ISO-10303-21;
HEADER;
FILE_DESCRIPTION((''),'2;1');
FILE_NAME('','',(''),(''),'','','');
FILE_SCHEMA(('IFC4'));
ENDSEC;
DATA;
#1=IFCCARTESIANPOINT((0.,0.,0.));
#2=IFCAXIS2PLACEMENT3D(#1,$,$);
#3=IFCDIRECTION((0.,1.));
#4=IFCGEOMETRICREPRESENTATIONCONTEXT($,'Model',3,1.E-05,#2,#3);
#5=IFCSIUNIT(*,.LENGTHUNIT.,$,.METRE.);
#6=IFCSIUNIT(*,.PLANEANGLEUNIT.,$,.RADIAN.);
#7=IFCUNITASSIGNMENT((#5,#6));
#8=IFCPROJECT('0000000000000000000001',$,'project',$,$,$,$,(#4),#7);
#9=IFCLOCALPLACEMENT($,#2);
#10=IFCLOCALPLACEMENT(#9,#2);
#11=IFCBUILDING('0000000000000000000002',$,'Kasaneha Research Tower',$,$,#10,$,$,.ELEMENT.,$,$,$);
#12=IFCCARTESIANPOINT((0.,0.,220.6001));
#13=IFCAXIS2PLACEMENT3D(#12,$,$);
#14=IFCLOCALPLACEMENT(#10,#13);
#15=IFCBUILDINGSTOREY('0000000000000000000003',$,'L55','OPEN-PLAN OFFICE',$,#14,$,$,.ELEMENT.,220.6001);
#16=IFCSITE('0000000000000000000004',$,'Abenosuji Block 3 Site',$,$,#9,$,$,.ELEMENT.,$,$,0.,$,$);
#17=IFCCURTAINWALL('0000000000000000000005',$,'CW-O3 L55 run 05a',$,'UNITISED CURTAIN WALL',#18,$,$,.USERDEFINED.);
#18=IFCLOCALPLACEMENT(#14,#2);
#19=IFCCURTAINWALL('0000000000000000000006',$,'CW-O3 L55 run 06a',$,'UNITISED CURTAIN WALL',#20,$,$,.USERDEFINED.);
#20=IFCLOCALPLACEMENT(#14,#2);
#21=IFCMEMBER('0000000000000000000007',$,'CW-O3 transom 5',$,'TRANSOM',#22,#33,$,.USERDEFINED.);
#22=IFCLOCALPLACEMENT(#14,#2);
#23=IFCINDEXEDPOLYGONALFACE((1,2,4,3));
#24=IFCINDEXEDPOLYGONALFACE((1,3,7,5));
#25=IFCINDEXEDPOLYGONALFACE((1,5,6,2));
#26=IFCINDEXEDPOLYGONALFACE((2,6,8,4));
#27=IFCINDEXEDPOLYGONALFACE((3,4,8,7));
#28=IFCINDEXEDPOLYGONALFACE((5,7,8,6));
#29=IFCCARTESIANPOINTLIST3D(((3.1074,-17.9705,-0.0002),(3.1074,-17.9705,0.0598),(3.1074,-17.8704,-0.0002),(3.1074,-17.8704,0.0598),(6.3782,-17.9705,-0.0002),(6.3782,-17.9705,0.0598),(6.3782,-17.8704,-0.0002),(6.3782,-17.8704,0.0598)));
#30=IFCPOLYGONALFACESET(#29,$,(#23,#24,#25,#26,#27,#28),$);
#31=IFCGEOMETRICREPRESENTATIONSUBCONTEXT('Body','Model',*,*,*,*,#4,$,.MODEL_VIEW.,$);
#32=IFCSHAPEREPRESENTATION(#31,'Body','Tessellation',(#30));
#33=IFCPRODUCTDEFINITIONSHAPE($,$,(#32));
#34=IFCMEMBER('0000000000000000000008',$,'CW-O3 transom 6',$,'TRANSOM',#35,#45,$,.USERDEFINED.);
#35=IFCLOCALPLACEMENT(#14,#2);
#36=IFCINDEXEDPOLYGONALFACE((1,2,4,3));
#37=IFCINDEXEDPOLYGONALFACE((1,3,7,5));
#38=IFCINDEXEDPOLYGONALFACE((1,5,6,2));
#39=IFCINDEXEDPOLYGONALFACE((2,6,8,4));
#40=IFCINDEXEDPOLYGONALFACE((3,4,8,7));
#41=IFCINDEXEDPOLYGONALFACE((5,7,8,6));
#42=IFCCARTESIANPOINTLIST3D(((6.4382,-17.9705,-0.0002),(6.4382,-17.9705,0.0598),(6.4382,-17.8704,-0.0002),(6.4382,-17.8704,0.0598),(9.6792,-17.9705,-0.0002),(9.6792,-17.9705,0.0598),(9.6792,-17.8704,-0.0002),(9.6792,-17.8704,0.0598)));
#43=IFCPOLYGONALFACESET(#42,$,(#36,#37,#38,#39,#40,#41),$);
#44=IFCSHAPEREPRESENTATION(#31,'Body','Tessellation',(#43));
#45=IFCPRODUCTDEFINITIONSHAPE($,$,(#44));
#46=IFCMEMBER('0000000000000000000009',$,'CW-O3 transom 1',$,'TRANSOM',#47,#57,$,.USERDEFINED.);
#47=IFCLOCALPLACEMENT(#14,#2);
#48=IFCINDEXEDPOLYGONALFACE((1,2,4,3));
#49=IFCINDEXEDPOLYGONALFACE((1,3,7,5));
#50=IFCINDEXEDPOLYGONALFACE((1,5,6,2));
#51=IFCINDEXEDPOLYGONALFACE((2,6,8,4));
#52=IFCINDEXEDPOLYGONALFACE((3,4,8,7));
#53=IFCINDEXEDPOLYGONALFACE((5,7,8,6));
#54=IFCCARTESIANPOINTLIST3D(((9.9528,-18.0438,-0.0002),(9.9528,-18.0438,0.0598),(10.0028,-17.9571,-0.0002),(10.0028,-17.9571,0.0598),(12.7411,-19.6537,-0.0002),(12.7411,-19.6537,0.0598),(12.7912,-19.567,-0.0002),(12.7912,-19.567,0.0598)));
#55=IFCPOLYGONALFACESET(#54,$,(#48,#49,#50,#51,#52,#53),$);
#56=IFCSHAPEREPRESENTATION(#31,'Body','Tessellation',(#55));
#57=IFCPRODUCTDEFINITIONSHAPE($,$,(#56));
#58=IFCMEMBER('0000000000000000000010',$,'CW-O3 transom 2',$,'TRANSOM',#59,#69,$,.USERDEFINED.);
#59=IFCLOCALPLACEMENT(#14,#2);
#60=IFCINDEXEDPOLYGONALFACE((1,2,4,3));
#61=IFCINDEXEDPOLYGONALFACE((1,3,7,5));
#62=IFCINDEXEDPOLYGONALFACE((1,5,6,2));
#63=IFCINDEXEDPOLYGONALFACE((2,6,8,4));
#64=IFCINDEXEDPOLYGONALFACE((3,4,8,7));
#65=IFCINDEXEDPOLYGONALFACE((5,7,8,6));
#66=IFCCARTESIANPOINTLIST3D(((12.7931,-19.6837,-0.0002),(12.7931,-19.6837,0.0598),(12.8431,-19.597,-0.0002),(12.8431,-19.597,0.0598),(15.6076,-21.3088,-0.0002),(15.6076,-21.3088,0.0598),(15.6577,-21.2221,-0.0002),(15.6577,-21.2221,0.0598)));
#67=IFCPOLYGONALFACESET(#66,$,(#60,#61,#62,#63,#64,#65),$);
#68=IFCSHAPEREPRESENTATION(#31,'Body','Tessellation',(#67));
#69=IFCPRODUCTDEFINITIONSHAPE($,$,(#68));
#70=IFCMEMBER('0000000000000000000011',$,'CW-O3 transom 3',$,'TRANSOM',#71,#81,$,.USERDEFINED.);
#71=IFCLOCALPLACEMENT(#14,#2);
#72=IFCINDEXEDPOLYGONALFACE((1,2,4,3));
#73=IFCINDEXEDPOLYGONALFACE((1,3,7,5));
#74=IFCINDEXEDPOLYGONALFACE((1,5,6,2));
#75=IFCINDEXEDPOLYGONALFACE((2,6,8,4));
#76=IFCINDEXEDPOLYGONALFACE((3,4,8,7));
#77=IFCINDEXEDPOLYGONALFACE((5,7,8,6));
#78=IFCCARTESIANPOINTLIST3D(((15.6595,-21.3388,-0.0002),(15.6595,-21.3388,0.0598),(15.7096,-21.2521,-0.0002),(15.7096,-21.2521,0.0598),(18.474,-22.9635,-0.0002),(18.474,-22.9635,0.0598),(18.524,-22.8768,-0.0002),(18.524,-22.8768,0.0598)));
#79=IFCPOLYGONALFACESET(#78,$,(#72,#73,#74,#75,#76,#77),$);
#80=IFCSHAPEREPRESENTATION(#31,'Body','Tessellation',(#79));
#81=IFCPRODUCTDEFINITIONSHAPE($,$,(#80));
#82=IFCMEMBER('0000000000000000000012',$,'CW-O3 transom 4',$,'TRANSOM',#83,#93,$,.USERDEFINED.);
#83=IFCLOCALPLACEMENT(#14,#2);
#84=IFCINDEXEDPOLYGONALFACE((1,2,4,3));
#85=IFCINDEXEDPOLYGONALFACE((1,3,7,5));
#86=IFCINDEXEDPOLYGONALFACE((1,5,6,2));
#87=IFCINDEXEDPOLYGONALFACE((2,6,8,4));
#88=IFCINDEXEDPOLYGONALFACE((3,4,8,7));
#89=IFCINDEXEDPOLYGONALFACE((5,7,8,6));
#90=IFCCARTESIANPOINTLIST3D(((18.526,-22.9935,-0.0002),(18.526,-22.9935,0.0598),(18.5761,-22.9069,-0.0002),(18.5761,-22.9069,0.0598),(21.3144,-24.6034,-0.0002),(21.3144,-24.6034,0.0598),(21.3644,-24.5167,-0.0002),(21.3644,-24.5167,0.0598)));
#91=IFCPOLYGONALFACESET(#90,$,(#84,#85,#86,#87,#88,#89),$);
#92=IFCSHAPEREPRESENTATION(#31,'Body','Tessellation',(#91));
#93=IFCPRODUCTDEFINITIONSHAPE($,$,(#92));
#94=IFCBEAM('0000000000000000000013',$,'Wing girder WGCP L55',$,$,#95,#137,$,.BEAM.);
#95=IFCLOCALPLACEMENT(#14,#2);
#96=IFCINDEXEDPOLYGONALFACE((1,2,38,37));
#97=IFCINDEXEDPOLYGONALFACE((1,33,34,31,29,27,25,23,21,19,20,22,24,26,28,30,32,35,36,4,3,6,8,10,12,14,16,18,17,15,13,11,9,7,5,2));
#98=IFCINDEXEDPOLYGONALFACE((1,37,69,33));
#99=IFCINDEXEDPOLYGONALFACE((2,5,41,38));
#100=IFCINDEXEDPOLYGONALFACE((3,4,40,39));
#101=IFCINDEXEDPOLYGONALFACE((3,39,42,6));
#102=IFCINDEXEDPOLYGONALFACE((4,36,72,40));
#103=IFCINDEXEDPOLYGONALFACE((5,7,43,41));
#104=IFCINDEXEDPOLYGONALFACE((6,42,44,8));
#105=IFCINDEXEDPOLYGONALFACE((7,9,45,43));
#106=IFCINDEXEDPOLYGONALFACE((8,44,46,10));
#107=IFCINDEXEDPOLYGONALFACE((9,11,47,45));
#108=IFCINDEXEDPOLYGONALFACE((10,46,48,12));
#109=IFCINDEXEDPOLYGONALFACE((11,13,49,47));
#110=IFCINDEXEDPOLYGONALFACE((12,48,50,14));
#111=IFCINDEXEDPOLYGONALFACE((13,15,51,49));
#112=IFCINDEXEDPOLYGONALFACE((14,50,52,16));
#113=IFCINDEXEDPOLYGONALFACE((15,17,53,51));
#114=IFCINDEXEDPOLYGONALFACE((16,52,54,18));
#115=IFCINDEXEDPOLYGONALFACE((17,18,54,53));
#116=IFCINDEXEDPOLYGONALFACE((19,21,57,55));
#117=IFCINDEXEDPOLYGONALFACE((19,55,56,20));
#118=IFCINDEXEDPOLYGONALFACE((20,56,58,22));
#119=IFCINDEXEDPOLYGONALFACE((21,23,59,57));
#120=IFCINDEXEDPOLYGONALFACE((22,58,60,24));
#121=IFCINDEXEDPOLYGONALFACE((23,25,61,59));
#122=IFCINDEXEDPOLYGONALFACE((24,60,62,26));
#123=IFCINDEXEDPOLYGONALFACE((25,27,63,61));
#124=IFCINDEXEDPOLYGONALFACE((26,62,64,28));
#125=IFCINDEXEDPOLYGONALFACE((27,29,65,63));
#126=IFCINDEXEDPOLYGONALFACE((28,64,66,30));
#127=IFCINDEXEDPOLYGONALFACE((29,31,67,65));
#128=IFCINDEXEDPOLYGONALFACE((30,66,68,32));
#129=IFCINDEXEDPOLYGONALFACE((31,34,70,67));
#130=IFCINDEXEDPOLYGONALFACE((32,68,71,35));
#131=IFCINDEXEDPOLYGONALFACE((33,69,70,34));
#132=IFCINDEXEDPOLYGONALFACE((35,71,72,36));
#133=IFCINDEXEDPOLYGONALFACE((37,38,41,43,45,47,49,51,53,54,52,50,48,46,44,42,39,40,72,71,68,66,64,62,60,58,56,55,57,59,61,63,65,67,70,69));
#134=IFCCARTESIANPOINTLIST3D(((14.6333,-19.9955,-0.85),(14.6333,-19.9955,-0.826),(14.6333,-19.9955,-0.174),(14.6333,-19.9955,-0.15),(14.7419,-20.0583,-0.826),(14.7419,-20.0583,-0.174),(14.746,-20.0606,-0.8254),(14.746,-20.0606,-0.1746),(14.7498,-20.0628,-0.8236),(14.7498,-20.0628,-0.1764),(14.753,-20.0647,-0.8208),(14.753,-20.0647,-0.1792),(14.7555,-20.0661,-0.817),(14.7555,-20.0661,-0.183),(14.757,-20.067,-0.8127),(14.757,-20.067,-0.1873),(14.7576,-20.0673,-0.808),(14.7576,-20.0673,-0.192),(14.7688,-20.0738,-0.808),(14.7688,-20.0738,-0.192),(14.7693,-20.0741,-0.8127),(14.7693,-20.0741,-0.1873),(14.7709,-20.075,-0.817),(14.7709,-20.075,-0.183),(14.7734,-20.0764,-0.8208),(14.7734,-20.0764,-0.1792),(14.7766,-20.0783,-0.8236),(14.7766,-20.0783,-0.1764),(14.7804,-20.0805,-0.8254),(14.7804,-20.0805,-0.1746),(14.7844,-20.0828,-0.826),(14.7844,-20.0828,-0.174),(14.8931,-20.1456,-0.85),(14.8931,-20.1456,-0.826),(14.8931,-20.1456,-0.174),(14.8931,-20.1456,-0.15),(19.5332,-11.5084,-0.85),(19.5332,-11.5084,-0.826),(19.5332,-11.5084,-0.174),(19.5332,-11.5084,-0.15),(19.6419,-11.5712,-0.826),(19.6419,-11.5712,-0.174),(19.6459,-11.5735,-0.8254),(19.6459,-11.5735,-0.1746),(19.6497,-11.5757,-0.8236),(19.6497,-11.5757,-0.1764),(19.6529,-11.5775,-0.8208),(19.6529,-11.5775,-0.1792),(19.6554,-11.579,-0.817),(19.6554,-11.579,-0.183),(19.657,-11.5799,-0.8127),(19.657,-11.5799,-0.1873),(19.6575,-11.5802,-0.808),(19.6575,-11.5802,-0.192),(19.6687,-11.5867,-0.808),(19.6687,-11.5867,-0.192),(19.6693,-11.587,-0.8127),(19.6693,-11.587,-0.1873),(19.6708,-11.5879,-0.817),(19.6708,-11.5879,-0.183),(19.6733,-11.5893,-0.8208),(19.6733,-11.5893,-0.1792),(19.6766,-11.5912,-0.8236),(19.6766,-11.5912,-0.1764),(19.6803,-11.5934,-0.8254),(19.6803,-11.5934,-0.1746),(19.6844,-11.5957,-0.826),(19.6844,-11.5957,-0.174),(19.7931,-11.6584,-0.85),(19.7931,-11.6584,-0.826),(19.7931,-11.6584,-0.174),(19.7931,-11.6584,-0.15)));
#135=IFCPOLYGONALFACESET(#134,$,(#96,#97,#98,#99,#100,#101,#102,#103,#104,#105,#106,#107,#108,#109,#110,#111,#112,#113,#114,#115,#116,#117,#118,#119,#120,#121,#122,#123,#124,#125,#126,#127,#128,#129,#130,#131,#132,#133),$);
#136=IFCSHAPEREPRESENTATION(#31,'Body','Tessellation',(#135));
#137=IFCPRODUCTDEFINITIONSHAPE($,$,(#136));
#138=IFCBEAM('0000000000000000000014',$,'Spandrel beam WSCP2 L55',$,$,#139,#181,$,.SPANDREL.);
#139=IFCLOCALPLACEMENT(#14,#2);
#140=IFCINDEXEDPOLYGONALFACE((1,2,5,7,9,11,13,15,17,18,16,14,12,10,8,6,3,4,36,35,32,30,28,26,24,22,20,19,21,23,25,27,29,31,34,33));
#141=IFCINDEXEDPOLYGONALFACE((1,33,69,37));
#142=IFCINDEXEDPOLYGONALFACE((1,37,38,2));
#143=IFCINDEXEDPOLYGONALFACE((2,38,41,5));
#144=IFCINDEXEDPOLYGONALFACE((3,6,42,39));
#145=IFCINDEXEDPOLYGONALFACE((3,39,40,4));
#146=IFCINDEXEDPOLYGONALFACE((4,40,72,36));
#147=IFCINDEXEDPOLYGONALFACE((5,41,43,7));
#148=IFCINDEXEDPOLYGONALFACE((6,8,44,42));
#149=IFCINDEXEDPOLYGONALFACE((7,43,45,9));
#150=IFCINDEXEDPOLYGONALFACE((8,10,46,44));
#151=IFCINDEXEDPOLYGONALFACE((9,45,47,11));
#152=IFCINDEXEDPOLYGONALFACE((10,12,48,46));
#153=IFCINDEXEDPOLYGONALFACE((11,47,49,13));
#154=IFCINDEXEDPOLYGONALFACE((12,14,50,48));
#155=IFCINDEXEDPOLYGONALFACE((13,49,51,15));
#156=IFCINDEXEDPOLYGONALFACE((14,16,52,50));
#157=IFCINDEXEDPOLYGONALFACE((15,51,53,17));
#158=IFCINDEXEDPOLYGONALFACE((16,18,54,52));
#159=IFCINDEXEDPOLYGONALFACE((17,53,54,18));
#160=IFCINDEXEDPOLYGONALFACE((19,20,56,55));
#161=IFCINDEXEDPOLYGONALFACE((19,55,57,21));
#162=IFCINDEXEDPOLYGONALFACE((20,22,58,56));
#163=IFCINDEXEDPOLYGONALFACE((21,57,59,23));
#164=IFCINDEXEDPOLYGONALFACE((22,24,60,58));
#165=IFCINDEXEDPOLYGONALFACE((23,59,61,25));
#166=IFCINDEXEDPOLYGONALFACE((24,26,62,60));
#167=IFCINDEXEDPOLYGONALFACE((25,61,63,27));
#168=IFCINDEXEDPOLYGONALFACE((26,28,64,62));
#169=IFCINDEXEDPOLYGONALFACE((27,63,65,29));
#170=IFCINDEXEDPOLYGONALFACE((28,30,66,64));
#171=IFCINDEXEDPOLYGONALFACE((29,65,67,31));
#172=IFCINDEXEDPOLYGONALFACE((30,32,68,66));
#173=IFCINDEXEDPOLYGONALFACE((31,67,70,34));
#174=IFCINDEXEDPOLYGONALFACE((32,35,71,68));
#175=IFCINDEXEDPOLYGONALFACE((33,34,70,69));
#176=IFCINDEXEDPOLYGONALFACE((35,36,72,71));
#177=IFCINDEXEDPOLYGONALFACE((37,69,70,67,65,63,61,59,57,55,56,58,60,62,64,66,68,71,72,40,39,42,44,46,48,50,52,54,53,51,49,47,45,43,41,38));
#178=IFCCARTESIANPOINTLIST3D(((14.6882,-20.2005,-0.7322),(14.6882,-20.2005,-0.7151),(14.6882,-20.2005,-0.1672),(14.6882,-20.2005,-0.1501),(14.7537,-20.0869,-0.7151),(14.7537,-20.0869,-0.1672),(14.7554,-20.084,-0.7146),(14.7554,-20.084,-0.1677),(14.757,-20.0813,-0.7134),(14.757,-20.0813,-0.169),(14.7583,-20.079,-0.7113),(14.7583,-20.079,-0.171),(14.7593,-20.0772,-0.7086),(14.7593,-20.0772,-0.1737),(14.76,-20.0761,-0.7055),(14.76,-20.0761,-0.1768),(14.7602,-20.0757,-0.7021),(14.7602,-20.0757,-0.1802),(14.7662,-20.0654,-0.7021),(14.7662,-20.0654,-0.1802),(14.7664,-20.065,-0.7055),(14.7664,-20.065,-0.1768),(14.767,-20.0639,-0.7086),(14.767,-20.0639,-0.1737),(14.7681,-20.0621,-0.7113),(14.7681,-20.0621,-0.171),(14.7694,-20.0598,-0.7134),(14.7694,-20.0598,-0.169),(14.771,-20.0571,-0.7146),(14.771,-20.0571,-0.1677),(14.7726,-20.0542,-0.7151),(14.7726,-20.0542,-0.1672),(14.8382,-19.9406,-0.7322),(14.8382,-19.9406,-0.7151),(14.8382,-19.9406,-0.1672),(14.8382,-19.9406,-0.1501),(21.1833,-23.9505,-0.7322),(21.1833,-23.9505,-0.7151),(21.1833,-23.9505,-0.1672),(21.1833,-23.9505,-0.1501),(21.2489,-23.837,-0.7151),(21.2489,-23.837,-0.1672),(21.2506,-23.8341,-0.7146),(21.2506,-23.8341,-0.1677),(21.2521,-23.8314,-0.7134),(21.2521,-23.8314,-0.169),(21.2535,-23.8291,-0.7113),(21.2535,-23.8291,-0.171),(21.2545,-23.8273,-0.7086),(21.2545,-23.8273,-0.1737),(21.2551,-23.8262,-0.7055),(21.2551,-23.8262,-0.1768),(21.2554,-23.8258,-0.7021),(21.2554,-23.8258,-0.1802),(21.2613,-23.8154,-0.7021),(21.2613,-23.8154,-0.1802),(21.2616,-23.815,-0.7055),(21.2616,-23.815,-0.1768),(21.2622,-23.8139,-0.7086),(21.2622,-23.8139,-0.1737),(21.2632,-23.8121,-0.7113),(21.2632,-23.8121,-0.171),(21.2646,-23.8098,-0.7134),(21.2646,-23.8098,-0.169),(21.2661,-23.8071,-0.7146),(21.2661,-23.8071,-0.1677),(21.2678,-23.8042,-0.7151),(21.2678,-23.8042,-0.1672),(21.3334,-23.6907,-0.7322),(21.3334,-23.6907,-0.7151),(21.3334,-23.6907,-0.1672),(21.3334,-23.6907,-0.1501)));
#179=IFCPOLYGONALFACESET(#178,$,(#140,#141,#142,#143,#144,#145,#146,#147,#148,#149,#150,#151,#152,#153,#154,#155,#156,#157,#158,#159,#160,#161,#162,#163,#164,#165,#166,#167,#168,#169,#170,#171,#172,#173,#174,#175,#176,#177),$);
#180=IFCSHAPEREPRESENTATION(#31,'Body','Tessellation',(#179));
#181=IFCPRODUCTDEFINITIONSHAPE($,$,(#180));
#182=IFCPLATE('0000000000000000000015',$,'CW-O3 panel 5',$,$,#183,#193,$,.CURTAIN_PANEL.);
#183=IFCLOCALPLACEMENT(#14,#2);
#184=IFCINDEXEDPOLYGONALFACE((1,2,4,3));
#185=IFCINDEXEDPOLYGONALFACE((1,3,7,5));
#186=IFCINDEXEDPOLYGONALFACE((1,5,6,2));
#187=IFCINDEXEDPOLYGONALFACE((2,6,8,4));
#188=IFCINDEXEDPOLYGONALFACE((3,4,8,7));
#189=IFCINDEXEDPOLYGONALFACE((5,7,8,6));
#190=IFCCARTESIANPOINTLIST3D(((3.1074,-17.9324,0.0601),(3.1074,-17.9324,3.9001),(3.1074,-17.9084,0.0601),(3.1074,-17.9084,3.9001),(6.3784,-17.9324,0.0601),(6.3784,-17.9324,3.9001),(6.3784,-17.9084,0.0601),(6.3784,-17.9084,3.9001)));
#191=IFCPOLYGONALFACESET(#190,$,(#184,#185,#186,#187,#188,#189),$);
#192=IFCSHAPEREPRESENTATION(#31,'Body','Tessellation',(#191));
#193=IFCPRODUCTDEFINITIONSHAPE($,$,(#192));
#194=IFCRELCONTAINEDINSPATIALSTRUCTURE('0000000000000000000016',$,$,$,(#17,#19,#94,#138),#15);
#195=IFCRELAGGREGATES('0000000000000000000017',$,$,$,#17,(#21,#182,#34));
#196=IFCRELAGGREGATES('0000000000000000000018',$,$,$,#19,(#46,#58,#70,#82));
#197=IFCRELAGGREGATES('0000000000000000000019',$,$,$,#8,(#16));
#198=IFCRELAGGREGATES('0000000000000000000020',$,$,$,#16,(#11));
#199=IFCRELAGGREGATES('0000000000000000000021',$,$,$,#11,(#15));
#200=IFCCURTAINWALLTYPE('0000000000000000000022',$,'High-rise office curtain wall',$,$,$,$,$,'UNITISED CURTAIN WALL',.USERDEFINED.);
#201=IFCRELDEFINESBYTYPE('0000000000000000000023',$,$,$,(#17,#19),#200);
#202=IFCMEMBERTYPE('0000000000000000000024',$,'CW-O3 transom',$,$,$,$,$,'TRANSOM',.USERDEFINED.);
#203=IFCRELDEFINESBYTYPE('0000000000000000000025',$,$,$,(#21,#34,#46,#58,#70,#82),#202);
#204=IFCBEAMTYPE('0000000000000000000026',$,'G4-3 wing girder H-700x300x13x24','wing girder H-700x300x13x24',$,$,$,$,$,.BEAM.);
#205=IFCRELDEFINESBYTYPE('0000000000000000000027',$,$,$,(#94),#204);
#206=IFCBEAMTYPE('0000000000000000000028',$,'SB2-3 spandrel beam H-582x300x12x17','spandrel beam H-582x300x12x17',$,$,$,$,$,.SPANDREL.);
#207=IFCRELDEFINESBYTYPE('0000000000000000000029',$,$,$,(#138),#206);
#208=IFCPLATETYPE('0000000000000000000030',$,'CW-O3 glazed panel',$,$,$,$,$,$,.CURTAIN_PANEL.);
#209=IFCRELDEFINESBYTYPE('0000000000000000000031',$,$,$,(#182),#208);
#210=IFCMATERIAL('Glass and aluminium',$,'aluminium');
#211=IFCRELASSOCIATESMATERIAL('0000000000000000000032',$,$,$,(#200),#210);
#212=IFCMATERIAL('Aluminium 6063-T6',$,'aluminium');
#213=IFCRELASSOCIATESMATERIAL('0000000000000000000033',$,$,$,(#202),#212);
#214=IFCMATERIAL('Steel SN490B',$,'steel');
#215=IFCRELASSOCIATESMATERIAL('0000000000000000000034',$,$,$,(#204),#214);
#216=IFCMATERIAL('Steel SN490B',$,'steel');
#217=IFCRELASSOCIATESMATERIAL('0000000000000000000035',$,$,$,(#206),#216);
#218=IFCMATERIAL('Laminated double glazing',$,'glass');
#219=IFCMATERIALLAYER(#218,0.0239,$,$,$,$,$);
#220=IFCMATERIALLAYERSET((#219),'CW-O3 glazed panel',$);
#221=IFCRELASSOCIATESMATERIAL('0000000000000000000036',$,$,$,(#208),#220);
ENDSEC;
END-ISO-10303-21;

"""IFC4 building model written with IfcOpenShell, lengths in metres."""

from ifc_helpers import new_model, si_unit, direction, frame, origin, origin_2d, place, context, subcontext, project, spatial, rectangle, i_section, extrude, material, layer, layer_set, material_profile, profile_set, type_object, element, aggregate, save


model = new_model("IFC4")

# Units and contexts
model_context = context("Model", 3, precision=1e-05, world=origin(), true_north=direction((0.0, 1.0)))
body_context = subcontext(model_context, "Body", "Model", "MODEL_VIEW")
ifc_project = project(units=[si_unit("LENGTHUNIT", "METRE"), si_unit("PLANEANGLEUNIT", "RADIAN")], contexts=[model_context])

# Site, building, storey
site_placement = place(None, origin())
site = spatial("IfcSite", under=ifc_project, at=site_placement, Name="Abenosuji Block 3 Site", CompositionType="ELEMENT", RefElevation=0.0)
building_placement = place(site_placement, origin())
building = spatial("IfcBuilding", under=site, at=building_placement, Name="Kasaneha Research Tower", CompositionType="ELEMENT")
storey_placement = place(building_placement, frame((0.0, 0.0, 220.6001)))
storey = spatial("IfcBuildingStorey", under=building, at=storey_placement, Name="L55", Description="OPEN-PLAN OFFICE", CompositionType="ELEMENT", Elevation=220.6001)

# Curtain walls
ifc_material_1 = material(Name="Glass and aluminium", Category="aluminium")
curtain_wall_type = type_object("IfcCurtainWallType", Name="High-rise office curtain wall", ElementType="UNITISED CURTAIN WALL", PredefinedType="USERDEFINED", material=ifc_material_1)
curtain_wall_1_placement = place(storey_placement, origin())
curtain_wall_1 = element("IfcCurtainWall", 1, at=curtain_wall_1_placement, inside=storey, type_object=curtain_wall_type, Name="CW-O3 L55 run 05a", ObjectType="UNITISED CURTAIN WALL", PredefinedType="USERDEFINED")
curtain_wall_2_placement = place(storey_placement, origin())
curtain_wall_2 = element("IfcCurtainWall", 2, at=curtain_wall_2_placement, inside=storey, type_object=curtain_wall_type, Name="CW-O3 L55 run 06a", ObjectType="UNITISED CURTAIN WALL", PredefinedType="USERDEFINED")

# Members
ifc_material_2 = material(Name="Aluminium 6063-T6", Category="aluminium")
ifc_material_profile_1 = material_profile(ifc_material_2, rectangle(XDim=0.1001, YDim=0.0601, at=origin_2d()), Name="CW-O3 transom 100x60")
ifc_profile_set_1 = profile_set([ifc_material_profile_1], Name="Aluminium 6063-T6")
member_type_1 = type_object("IfcMemberType", Name="CW-O3 transom", ElementType="TRANSOM", PredefinedType="USERDEFINED", material=ifc_profile_set_1)
member_1_placement = place(storey_placement, frame((3.1074, -17.9204, 0.0298), z_axis=(1.0, 0.0, 0.0), x_axis=(0.0, 1.0, 0.0)))
member_1 = element("IfcMember", 3, at=member_1_placement, type_object=member_type_1, Name="CW-O3 transom 5", ObjectType="TRANSOM", PredefinedType="USERDEFINED", context=body_context, shape_type="SweptSolid", body=[
    extrude(rectangle(XDim=0.1001, YDim=0.0601, at=origin_2d()), origin(), (0.0, 0.0, 1.0), 3.2708),
])
member_2_placement = place(storey_placement, frame((6.4382, -17.9204, 0.0298), z_axis=(1.0, 0.0, 0.0), x_axis=(0.0, 1.0, 0.0)))
member_2 = element("IfcMember", 4, at=member_2_placement, type_object=member_type_1, Name="CW-O3 transom 6", ObjectType="TRANSOM", PredefinedType="USERDEFINED", context=body_context, shape_type="SweptSolid", body=[
    extrude(rectangle(XDim=0.1001, YDim=0.0601, at=origin_2d()), origin(), (0.0, 0.0, 1.0), 3.241),
])
member_3_placement = place(storey_placement, frame((9.9778, -18.0005, 0.0298), z_axis=(0.866023, -0.500005, 0.0), x_axis=(0.500005, 0.866023, 0.0)))
member_3 = element("IfcMember", 5, at=member_3_placement, type_object=member_type_1, Name="CW-O3 transom 1", ObjectType="TRANSOM", PredefinedType="USERDEFINED", context=body_context, shape_type="SweptSolid", body=[
    extrude(rectangle(XDim=0.1001, YDim=0.0601, at=origin_2d()), origin(), (0.0, 0.0, 1.0), 3.2197),
])
member_4_placement = place(storey_placement, frame((12.8181, -19.6404, 0.0298), z_axis=(0.866015, -0.500017, 0.0), x_axis=(0.500017, 0.866015, 0.0)))
member_4 = element("IfcMember", 6, at=member_4_placement, type_object=member_type_1, Name="CW-O3 transom 2", ObjectType="TRANSOM", PredefinedType="USERDEFINED", context=body_context, shape_type="SweptSolid", body=[
    extrude(rectangle(XDim=0.1001, YDim=0.0601, at=origin_2d()), origin(), (0.0, 0.0, 1.0), 3.25),
])
member_5_placement = place(storey_placement, frame((15.6846, -21.2954, 0.0298), z_axis=(0.866048, -0.499961, 0.0), x_axis=(0.499961, 0.866048, 0.0)))
member_5 = element("IfcMember", 7, at=member_5_placement, type_object=member_type_1, Name="CW-O3 transom 3", ObjectType="TRANSOM", PredefinedType="USERDEFINED", context=body_context, shape_type="SweptSolid", body=[
    extrude(rectangle(XDim=0.1001, YDim=0.0601, at=origin_2d()), origin(), (0.0, 0.0, 1.0), 3.2498),
])
member_6_placement = place(storey_placement, frame((18.551, -22.9502, 0.0298), z_axis=(0.866023, -0.500005, 0.0), x_axis=(0.500005, 0.866023, 0.0)))
member_6 = element("IfcMember", 8, at=member_6_placement, type_object=member_type_1, Name="CW-O3 transom 4", ObjectType="TRANSOM", PredefinedType="USERDEFINED", context=body_context, shape_type="SweptSolid", body=[
    extrude(rectangle(XDim=0.1001, YDim=0.0601, at=origin_2d()), origin(), (0.0, 0.0, 1.0), 3.2197),
])

# Beams
ifc_material_3 = material(Name="Steel SN490B", Category="steel")
ifc_material_profile_2 = material_profile(ifc_material_3, i_section(OverallWidth=0.3, OverallDepth=0.7, WebThickness=0.0129, FlangeThickness=0.0239, FilletRadius=0.0181, at=origin_2d()), Name="H-700x300x13x24")
ifc_profile_set_2 = profile_set([ifc_material_profile_2], Name="Steel SN490B")
beam_type_1 = type_object("IfcBeamType", Name="G4-3 wing girder H-700x300x13x24", Description="wing girder H-700x300x13x24", PredefinedType="BEAM", material=ifc_profile_set_2)
beam_1_placement = place(storey_placement, frame((14.7632, -20.0706, -0.5), z_axis=(0.499992, 0.86603, 0.0), x_axis=(-0.86603, 0.499992, 0.0)))
element("IfcBeam", 9, at=beam_1_placement, inside=storey, type_object=beam_type_1, Name="Wing girder WGCP L55", PredefinedType="BEAM", context=body_context, shape_type="SweptSolid", body=[
    extrude(i_section(OverallWidth=0.3, OverallDepth=0.7, WebThickness=0.0129, FlangeThickness=0.0239, FilletRadius=0.0181, at=origin_2d()), origin(), (0.0, 0.0, 1.0), 9.8),
])
ifc_material_4 = material(Name="Steel SN490B", Category="steel")
ifc_material_profile_3 = material_profile(ifc_material_4, i_section(OverallWidth=0.3, OverallDepth=0.582, WebThickness=0.012, FlangeThickness=0.0171, FilletRadius=0.0129, at=origin_2d()), Name="H-582x300x12x17")
ifc_profile_set_3 = profile_set([ifc_material_profile_3], Name="Steel SN490B")
beam_type_2 = type_object("IfcBeamType", Name="SB2-3 spandrel beam H-582x300x12x17", Description="spandrel beam H-582x300x12x17", PredefinedType="SPANDREL", material=ifc_profile_set_3)
beam_2_placement = place(storey_placement, frame((14.7632, -20.0706, -0.4412), z_axis=(0.866023, -0.500004, 0.0), x_axis=(0.500004, 0.866023, 0.0)))
element("IfcBeam", 10, at=beam_2_placement, inside=storey, type_object=beam_type_2, Name="Spandrel beam WSCP2 L55", PredefinedType="SPANDREL", context=body_context, shape_type="SweptSolid", body=[
    extrude(i_section(OverallWidth=0.3, OverallDepth=0.582, WebThickness=0.012, FlangeThickness=0.0171, FilletRadius=0.0129, at=origin_2d()), origin(), (0.0, 0.0, 1.0), 7.5),
])

# Plate
ifc_material_5 = material(Name="Laminated double glazing", Category="glass")
ifc_layer_1 = layer(ifc_material_5, 0.0239)
ifc_layer_set_1 = layer_set([ifc_layer_1], Name="CW-O3 glazed panel")
plate_type = type_object("IfcPlateType", Name="CW-O3 glazed panel", PredefinedType="CURTAIN_PANEL", material=ifc_layer_set_1)
plate_1_placement = place(storey_placement, frame((4.7429, -17.9204, 0.0601), z_axis=(0.0, 0.0, 1.0), x_axis=(1.0, 0.0, 0.0)))
plate_1 = element("IfcPlate", 11, at=plate_1_placement, type_object=plate_type, Name="CW-O3 panel 5", PredefinedType="CURTAIN_PANEL", context=body_context, shape_type="SweptSolid", body=[
    extrude(rectangle(XDim=3.271, YDim=0.0239, at=origin_2d()), origin(), (0.0, 0.0, 1.0), 3.8401),
])
aggregate(curtain_wall_1, [member_1, plate_1, member_2])
aggregate(curtain_wall_2, [member_3, member_4, member_5, member_6])

save(model, "model.ifc")
